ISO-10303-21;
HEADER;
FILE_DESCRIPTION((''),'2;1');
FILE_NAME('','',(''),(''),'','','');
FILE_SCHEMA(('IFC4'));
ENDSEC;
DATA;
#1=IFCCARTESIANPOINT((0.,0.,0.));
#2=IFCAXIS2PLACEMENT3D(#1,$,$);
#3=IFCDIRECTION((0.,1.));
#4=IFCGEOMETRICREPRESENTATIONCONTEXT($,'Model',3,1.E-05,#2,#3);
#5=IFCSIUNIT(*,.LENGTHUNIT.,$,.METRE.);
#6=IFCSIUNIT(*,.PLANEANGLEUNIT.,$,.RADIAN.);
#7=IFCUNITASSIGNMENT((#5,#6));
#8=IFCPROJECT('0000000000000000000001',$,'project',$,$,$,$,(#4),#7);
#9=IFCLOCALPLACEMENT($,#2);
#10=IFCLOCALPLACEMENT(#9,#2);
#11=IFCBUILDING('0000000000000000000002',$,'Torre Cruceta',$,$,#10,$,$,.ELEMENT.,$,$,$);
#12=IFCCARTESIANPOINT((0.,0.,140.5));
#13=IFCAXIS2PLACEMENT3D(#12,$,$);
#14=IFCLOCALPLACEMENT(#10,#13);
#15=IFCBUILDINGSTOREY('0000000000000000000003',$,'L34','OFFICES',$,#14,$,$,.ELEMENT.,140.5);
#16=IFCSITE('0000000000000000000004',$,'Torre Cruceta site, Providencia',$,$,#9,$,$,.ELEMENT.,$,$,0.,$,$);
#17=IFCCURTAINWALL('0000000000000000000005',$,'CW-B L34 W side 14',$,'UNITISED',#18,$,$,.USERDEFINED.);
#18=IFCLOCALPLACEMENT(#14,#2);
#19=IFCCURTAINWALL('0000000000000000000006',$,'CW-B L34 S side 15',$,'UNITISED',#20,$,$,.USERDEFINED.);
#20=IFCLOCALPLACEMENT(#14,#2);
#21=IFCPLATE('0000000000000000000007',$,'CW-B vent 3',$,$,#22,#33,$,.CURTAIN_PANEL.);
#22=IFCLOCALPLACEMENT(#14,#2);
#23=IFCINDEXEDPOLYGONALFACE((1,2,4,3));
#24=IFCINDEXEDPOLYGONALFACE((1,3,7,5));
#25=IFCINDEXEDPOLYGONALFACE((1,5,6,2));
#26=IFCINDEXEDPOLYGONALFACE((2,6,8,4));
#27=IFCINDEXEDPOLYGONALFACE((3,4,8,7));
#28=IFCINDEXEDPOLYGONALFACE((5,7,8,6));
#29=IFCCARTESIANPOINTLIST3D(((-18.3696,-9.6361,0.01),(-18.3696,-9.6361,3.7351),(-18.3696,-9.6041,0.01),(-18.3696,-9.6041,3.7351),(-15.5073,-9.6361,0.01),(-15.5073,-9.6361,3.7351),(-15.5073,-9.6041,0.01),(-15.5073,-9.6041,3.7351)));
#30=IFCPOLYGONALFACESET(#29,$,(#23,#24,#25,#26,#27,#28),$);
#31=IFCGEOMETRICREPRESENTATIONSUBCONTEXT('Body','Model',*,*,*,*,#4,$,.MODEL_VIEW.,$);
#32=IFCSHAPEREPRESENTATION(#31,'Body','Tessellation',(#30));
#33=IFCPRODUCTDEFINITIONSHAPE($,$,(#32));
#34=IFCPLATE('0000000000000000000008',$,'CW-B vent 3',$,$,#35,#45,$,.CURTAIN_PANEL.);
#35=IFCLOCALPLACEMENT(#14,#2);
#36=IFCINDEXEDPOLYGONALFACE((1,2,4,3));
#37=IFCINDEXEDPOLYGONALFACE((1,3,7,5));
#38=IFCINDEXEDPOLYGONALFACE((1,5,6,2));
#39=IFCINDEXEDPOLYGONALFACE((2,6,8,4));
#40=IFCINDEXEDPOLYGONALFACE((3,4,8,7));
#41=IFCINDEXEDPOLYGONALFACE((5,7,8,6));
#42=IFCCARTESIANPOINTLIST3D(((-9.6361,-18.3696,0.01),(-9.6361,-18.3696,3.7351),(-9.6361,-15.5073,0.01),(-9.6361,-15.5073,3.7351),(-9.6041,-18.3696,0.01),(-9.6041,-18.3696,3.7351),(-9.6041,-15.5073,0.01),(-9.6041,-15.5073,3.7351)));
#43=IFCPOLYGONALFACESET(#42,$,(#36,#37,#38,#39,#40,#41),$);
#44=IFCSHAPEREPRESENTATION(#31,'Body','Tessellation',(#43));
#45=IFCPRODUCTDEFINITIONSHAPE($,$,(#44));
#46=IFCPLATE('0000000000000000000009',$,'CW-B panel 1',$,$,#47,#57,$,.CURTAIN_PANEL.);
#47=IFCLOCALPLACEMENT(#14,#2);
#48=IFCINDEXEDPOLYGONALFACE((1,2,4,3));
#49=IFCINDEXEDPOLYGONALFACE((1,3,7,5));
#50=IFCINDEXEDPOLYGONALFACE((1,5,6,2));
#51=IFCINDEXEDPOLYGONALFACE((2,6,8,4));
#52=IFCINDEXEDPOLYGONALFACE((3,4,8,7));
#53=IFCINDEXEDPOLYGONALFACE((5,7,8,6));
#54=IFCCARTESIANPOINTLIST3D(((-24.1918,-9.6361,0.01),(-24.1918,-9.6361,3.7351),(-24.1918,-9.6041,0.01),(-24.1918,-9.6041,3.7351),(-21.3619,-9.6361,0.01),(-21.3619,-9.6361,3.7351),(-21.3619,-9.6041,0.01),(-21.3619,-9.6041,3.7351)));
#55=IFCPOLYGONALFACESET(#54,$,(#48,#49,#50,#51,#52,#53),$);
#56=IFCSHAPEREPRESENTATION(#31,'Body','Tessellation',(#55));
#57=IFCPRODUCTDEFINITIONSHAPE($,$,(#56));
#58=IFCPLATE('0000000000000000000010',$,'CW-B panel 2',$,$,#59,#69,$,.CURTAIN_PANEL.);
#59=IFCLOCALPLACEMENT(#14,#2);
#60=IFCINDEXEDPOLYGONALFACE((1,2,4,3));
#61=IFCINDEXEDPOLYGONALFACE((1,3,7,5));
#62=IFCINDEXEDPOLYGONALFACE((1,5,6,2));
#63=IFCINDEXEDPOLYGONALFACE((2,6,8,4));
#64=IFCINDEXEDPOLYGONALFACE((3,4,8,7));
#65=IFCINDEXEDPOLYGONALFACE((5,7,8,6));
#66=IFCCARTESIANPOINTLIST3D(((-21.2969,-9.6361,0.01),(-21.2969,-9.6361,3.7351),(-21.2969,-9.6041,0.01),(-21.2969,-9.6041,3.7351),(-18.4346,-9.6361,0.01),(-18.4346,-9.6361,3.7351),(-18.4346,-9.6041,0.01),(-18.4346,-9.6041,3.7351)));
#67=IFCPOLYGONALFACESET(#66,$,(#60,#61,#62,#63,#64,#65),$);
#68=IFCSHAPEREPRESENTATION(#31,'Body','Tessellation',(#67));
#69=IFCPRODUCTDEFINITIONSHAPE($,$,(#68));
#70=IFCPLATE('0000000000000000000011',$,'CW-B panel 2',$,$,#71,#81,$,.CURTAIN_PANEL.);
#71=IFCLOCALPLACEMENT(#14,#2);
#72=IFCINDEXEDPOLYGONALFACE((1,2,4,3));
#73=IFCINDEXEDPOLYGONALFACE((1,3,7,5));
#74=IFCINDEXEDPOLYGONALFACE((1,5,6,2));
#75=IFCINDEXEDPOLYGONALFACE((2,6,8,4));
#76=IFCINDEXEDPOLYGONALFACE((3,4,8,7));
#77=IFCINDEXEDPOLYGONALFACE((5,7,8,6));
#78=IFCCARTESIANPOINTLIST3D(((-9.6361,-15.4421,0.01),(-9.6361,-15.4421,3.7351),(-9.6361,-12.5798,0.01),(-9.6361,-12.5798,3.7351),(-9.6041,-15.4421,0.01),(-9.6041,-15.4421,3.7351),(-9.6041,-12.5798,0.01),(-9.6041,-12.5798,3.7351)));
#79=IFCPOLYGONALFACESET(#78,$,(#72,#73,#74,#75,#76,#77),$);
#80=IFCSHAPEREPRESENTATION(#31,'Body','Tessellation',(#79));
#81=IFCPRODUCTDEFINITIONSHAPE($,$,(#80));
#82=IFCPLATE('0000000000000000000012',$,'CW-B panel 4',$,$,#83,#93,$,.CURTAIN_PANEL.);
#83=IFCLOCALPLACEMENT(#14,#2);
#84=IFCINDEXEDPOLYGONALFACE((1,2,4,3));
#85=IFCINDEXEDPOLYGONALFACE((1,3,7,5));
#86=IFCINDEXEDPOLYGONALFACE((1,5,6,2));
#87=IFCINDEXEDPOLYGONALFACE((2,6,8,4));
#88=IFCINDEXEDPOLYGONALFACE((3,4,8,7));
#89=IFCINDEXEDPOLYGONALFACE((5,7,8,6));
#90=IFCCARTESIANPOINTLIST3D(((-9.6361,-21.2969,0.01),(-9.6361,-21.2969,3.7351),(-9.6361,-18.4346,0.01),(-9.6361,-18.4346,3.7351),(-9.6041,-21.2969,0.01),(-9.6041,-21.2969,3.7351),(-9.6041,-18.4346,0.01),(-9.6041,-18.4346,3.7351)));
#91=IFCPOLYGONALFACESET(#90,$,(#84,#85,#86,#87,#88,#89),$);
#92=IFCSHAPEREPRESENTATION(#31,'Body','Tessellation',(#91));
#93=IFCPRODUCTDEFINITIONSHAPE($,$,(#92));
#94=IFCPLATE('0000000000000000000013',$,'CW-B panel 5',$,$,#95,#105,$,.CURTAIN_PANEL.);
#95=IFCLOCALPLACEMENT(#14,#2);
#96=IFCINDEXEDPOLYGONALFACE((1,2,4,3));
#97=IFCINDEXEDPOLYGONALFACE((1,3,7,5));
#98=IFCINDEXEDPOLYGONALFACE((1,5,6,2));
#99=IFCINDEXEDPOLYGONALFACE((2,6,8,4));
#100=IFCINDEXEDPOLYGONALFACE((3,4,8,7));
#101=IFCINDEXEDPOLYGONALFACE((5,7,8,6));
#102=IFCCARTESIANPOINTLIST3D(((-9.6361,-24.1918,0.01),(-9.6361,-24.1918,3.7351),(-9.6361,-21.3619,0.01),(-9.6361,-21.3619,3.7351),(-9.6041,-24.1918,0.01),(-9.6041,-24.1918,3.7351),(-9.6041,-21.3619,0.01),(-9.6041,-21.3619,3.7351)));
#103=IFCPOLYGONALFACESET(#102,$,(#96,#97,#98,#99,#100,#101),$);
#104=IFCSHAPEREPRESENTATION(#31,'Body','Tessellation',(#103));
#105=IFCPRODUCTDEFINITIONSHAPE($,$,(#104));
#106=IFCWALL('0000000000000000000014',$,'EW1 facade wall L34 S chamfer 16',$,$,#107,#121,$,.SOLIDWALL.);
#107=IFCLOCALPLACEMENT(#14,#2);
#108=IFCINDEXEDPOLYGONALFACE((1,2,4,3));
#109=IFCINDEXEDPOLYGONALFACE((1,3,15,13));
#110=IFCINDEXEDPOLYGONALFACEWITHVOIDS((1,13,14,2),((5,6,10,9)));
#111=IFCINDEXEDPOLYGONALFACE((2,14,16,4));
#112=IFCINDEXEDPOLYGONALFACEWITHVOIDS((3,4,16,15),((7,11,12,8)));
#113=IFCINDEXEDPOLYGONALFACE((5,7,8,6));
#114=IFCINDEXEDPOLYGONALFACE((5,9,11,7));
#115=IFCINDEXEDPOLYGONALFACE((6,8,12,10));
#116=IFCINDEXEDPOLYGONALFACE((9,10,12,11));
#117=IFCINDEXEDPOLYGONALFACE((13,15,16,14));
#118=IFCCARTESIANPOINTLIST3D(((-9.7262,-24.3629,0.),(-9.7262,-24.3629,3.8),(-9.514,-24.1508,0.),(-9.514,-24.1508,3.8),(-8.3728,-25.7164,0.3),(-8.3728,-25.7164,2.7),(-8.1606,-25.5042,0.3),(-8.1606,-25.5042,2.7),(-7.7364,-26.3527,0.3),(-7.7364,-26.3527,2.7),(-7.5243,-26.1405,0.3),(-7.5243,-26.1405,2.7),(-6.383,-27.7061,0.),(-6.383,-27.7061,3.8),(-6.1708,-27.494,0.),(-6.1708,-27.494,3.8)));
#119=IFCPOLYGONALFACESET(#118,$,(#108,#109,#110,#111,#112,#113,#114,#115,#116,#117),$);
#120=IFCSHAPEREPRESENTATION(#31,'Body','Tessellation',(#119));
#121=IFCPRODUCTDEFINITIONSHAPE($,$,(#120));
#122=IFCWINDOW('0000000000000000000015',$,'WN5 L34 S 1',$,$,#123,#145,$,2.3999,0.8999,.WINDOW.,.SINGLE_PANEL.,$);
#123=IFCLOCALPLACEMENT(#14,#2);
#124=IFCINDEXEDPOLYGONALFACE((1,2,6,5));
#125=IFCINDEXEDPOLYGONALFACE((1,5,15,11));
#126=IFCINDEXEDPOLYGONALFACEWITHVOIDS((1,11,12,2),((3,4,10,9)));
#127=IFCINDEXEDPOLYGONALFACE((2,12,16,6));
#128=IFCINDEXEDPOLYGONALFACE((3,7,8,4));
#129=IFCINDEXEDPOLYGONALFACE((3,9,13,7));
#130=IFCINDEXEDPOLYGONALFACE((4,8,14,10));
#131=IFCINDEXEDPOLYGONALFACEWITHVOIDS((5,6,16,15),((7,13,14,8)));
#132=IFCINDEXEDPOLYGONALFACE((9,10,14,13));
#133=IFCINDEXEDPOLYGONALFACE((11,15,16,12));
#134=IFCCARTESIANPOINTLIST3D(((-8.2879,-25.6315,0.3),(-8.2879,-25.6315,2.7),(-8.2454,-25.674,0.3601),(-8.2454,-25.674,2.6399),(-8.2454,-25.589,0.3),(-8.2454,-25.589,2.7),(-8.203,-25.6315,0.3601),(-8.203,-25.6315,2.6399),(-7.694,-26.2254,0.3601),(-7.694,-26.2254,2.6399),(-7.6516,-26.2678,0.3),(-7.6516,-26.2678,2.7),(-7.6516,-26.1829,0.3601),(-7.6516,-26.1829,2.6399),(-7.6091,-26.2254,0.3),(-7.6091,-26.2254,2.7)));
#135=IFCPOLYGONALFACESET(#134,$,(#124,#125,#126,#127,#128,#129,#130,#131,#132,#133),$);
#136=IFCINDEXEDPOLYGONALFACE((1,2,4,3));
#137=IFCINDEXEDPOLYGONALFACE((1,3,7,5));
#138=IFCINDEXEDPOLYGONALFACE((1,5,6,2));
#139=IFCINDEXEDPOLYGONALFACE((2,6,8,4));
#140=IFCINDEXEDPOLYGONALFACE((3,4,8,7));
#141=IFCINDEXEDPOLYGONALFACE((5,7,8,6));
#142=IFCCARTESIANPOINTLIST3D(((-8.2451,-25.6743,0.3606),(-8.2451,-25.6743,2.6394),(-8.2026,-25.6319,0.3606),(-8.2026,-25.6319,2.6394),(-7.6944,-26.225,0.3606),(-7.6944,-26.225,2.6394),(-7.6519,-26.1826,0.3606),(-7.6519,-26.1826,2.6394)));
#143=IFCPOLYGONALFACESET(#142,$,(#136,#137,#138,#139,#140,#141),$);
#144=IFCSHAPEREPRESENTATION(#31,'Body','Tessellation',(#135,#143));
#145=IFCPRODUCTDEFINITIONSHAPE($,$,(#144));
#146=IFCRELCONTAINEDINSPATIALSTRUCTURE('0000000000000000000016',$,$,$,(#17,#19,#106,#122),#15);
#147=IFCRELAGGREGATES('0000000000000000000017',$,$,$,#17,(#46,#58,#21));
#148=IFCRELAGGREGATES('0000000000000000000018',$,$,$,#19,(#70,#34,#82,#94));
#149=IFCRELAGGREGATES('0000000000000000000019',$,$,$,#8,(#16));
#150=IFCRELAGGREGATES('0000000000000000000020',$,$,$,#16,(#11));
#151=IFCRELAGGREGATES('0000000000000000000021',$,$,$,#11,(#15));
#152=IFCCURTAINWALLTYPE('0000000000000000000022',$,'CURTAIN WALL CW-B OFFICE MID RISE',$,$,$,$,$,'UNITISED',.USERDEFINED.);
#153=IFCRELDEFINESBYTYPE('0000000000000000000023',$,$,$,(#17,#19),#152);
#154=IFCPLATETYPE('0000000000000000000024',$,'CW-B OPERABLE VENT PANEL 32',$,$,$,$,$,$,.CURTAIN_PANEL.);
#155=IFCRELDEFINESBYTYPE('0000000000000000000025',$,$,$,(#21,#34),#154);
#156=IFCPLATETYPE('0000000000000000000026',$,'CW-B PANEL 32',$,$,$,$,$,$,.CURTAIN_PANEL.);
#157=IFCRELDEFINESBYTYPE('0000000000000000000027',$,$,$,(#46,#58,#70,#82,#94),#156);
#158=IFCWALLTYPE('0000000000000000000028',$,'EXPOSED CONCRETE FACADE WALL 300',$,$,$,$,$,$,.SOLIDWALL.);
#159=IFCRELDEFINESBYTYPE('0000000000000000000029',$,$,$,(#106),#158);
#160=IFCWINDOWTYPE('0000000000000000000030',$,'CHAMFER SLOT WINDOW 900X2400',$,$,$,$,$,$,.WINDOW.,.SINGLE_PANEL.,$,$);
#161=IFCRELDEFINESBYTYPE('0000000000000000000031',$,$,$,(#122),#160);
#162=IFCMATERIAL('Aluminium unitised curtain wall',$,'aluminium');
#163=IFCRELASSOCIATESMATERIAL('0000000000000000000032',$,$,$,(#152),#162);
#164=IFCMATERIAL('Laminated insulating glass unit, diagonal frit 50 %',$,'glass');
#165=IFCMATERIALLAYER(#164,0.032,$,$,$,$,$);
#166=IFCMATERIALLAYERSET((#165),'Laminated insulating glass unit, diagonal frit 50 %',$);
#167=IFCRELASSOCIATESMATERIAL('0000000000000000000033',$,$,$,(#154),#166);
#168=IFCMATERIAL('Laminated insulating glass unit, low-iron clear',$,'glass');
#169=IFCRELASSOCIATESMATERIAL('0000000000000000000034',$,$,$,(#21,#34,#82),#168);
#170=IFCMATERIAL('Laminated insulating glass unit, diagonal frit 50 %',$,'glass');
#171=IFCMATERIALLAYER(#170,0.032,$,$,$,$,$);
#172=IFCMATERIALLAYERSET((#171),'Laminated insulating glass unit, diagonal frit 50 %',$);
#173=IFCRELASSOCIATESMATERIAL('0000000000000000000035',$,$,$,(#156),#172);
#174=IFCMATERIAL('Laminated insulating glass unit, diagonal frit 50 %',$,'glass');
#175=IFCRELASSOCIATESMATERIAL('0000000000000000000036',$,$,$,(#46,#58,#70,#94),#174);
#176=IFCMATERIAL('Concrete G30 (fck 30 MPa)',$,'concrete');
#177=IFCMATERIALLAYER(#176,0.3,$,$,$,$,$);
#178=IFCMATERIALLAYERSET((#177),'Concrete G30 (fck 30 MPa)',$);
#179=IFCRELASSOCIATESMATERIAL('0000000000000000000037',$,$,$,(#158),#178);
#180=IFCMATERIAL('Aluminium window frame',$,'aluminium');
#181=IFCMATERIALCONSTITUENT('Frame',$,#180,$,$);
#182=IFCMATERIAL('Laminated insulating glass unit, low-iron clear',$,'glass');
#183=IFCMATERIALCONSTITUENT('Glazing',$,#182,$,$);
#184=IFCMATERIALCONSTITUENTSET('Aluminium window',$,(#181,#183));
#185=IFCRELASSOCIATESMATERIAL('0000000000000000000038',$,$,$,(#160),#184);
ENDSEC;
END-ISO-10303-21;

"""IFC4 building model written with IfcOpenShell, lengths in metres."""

from ifc_helpers import new_model, si_unit, direction, frame, frame_2d, origin, origin_2d, place, context, subcontext, project, spatial, rectangle, hollow_rectangle, extrude, material, layer, layer_set, constituent, constituent_set, type_object, element, fill, aggregate, save


model = new_model("IFC4")

# Units and contexts
model_context = context("Model", 3, precision=1e-05, world=origin(), true_north=direction((0.0, 1.0)))
body_context = subcontext(model_context, "Body", "Model", "MODEL_VIEW")
ifc_project = project(units=[si_unit("LENGTHUNIT", "METRE"), si_unit("PLANEANGLEUNIT", "RADIAN")], contexts=[model_context])

# Site, building, storey
site_placement = place(None, origin())
site = spatial("IfcSite", under=ifc_project, at=site_placement, Name="Torre Cruceta site, Providencia", CompositionType="ELEMENT", RefElevation=0.0)
building_placement = place(site_placement, origin())
building = spatial("IfcBuilding", under=site, at=building_placement, Name="Torre Cruceta", CompositionType="ELEMENT")
storey_placement = place(building_placement, frame((0.0, 0.0, 140.5)))
storey = spatial("IfcBuildingStorey", under=building, at=storey_placement, Name="L34", Description="OFFICES", CompositionType="ELEMENT", Elevation=140.5)

# Curtain walls
ifc_material_1 = material(Name="Aluminium unitised curtain wall", Category="aluminium")
curtain_wall_type = type_object("IfcCurtainWallType", Name="CURTAIN WALL CW-B OFFICE MID RISE", ElementType="UNITISED", PredefinedType="USERDEFINED", material=ifc_material_1)
curtain_wall_1_placement = place(storey_placement, origin())
curtain_wall_1 = element("IfcCurtainWall", 1, at=curtain_wall_1_placement, inside=storey, type_object=curtain_wall_type, Name="CW-B L34 W side 14", ObjectType="UNITISED", PredefinedType="USERDEFINED")
curtain_wall_2_placement = place(storey_placement, origin())
curtain_wall_2 = element("IfcCurtainWall", 2, at=curtain_wall_2_placement, inside=storey, type_object=curtain_wall_type, Name="CW-B L34 S side 15", ObjectType="UNITISED", PredefinedType="USERDEFINED")

# Plates
ifc_material_2 = material(Name="Laminated insulating glass unit, low-iron clear", Category="glass")
ifc_material_3 = material(Name="Laminated insulating glass unit, diagonal frit 50 %", Category="glass")
ifc_layer_1 = layer(ifc_material_3, 0.032)
ifc_layer_set_1 = layer_set([ifc_layer_1], Name="Laminated insulating glass unit, diagonal frit 50 %")
plate_type_1 = type_object("IfcPlateType", Name="CW-B OPERABLE VENT PANEL 32", PredefinedType="CURTAIN_PANEL", material=ifc_layer_set_1)
plate_1_placement = place(storey_placement, frame((-16.9385, -9.6201, 0.01), z_axis=(0.0, 0.0, 1.0), x_axis=(1.0, 0.0, 0.0)))
plate_1 = element("IfcPlate", 3, at=plate_1_placement, type_object=plate_type_1, material=ifc_material_2, Name="CW-B vent 3", PredefinedType="CURTAIN_PANEL", context=body_context, shape_type="SweptSolid", body=[
    extrude(rectangle(XDim=2.8623, YDim=0.032, at=origin_2d()), origin(), (0.0, 0.0, 1.0), 3.7251),
])
plate_2_placement = place(storey_placement, frame((-9.6201, -16.9385, 0.01), z_axis=(0.0, 0.0, 1.0), x_axis=(0.0, -1.0, 0.0)))
plate_2 = element("IfcPlate", 4, at=plate_2_placement, type_object=plate_type_1, material=ifc_material_2, Name="CW-B vent 3", PredefinedType="CURTAIN_PANEL", context=body_context, shape_type="SweptSolid", body=[
    extrude(rectangle(XDim=2.8623, YDim=0.032, at=origin_2d()), origin(), (0.0, 0.0, 1.0), 3.7251),
])
ifc_material_4 = material(Name="Laminated insulating glass unit, diagonal frit 50 %", Category="glass")
ifc_material_5 = material(Name="Laminated insulating glass unit, diagonal frit 50 %", Category="glass")
ifc_layer_2 = layer(ifc_material_5, 0.032)
ifc_layer_set_2 = layer_set([ifc_layer_2], Name="Laminated insulating glass unit, diagonal frit 50 %")
plate_type_2 = type_object("IfcPlateType", Name="CW-B PANEL 32", PredefinedType="CURTAIN_PANEL", material=ifc_layer_set_2)
plate_3_placement = place(storey_placement, frame((-22.7769, -9.6201, 0.01), z_axis=(0.0, 0.0, 1.0), x_axis=(1.0, 0.0, 0.0)))
plate_3 = element("IfcPlate", 5, at=plate_3_placement, type_object=plate_type_2, material=ifc_material_4, Name="CW-B panel 1", PredefinedType="CURTAIN_PANEL", context=body_context, shape_type="SweptSolid", body=[
    extrude(rectangle(XDim=2.8298, YDim=0.032, at=origin_2d()), origin(), (0.0, 0.0, 1.0), 3.7251),
])
plate_4_placement = place(storey_placement, frame((-19.8657, -9.6201, 0.01), z_axis=(0.0, 0.0, 1.0), x_axis=(1.0, 0.0, 0.0)))
plate_4 = element("IfcPlate", 6, at=plate_4_placement, type_object=plate_type_2, material=ifc_material_4, Name="CW-B panel 2", PredefinedType="CURTAIN_PANEL", context=body_context, shape_type="SweptSolid", body=[
    extrude(rectangle(XDim=2.8623, YDim=0.032, at=origin_2d()), origin(), (0.0, 0.0, 1.0), 3.7251),
])
aggregate(curtain_wall_1, [plate_3, plate_4, plate_1])
plate_5_placement = place(storey_placement, frame((-9.6201, -14.011, 0.01), z_axis=(0.0, 0.0, 1.0), x_axis=(0.0, -1.0, 0.0)))
plate_5 = element("IfcPlate", 7, at=plate_5_placement, type_object=plate_type_2, material=ifc_material_4, Name="CW-B panel 2", PredefinedType="CURTAIN_PANEL", context=body_context, shape_type="SweptSolid", body=[
    extrude(rectangle(XDim=2.8623, YDim=0.032, at=origin_2d()), origin(), (0.0, 0.0, 1.0), 3.7251),
])
plate_6_placement = place(storey_placement, frame((-9.6201, -19.8657, 0.01), z_axis=(0.0, 0.0, 1.0), x_axis=(0.0, -1.0, 0.0)))
plate_6 = element("IfcPlate", 8, at=plate_6_placement, type_object=plate_type_2, material=ifc_material_2, Name="CW-B panel 4", PredefinedType="CURTAIN_PANEL", context=body_context, shape_type="SweptSolid", body=[
    extrude(rectangle(XDim=2.8623, YDim=0.032, at=origin_2d()), origin(), (0.0, 0.0, 1.0), 3.7251),
])
plate_7_placement = place(storey_placement, frame((-9.6201, -22.7769, 0.01), z_axis=(0.0, 0.0, 1.0), x_axis=(0.0, -1.0, 0.0)))
plate_7 = element("IfcPlate", 9, at=plate_7_placement, type_object=plate_type_2, material=ifc_material_4, Name="CW-B panel 5", PredefinedType="CURTAIN_PANEL", context=body_context, shape_type="SweptSolid", body=[
    extrude(rectangle(XDim=2.8298, YDim=0.032, at=origin_2d()), origin(), (0.0, 0.0, 1.0), 3.7251),
])
aggregate(curtain_wall_2, [plate_5, plate_2, plate_6, plate_7])

# Wall, opening, window
ifc_material_6 = material(Name="Concrete G30 (fck 30 MPa)", Category="concrete")
ifc_layer_3 = layer(ifc_material_6, 0.3)
ifc_layer_set_3 = layer_set([ifc_layer_3], Name="Concrete G30 (fck 30 MPa)")
wall_type = type_object("IfcWallType", Name="EXPOSED CONCRETE FACADE WALL 300", PredefinedType="SOLIDWALL", material=ifc_layer_set_3)
wall_placement = place(storey_placement, frame((-9.6201, -24.2568, 0.0), z_axis=(0.0, 0.0, 1.0), x_axis=(0.707107, -0.707107, 0.0)))
wall = element("IfcWall", 10, at=wall_placement, inside=storey, type_object=wall_type, Name="EW1 facade wall L34 S chamfer 16", PredefinedType="SOLIDWALL", context=body_context, shape_type="SweptSolid", body=[
    extrude(rectangle(XDim=4.728, YDim=0.3, at=frame_2d((2.364, 0.0))), origin(), (0.0, 0.0, 1.0), 3.8),
])
opening_placement = place(wall_placement, frame((1.9141, 0.0, 0.3)))
opening = element("IfcOpeningElement", 11, at=opening_placement, cuts=wall, PredefinedType="OPENING", context=body_context, shape_type="SweptSolid", body=[
    extrude(rectangle(XDim=0.8999, YDim=2.3999, at=frame_2d((0.45, 1.2))), frame((0.0, 0.1599, 0.0), z_axis=(0.0, -1.0, 0.0), x_axis=(1.0, 0.0, 0.0)), (0.0, 0.0, 1.0), 0.3201),
])
ifc_material_7 = material(Name="Aluminium window frame", Category="aluminium")
ifc_constituent_1 = constituent(ifc_material_7, Name="Frame")
ifc_material_8 = material(Name="Laminated insulating glass unit, low-iron clear", Category="glass")
ifc_constituent_2 = constituent(ifc_material_8, Name="Glazing")
ifc_constituent_set = constituent_set(constituents=[ifc_constituent_1, ifc_constituent_2], Name="Aluminium window")
window_type = type_object("IfcWindowType", Name="CHAMFER SLOT WINDOW 900X2400", PartitioningType="SINGLE_PANEL", PredefinedType="WINDOW", material=ifc_constituent_set)
window_placement = place(opening_placement, origin())
window = element("IfcWindow", 12, at=window_placement, inside=storey, type_object=window_type, Name="WN5 L34 S 1", OverallHeight=2.3999, OverallWidth=0.8999, PartitioningType="SINGLE_PANEL", PredefinedType="WINDOW", context=body_context, shape_type="SweptSolid", body=[
    extrude(hollow_rectangle(XDim=0.8999, YDim=2.3999, WallThickness=0.0601, at=frame_2d((0.45, 1.2))), frame((0.0, 0.03, 0.0), z_axis=(0.0, -1.0, 0.0), x_axis=(1.0, 0.0, 0.0)), (0.0, 0.0, 1.0), 0.0601),
    extrude(rectangle(XDim=0.7788, YDim=2.2788, at=frame_2d((0.45, 1.2))), frame((0.0, 0.03, 0.0), z_axis=(0.0, -1.0, 0.0), x_axis=(1.0, 0.0, 0.0)), (0.0, 0.0, 1.0), 0.0601),
])
fill(opening, window)

save(model, "model.ifc")
